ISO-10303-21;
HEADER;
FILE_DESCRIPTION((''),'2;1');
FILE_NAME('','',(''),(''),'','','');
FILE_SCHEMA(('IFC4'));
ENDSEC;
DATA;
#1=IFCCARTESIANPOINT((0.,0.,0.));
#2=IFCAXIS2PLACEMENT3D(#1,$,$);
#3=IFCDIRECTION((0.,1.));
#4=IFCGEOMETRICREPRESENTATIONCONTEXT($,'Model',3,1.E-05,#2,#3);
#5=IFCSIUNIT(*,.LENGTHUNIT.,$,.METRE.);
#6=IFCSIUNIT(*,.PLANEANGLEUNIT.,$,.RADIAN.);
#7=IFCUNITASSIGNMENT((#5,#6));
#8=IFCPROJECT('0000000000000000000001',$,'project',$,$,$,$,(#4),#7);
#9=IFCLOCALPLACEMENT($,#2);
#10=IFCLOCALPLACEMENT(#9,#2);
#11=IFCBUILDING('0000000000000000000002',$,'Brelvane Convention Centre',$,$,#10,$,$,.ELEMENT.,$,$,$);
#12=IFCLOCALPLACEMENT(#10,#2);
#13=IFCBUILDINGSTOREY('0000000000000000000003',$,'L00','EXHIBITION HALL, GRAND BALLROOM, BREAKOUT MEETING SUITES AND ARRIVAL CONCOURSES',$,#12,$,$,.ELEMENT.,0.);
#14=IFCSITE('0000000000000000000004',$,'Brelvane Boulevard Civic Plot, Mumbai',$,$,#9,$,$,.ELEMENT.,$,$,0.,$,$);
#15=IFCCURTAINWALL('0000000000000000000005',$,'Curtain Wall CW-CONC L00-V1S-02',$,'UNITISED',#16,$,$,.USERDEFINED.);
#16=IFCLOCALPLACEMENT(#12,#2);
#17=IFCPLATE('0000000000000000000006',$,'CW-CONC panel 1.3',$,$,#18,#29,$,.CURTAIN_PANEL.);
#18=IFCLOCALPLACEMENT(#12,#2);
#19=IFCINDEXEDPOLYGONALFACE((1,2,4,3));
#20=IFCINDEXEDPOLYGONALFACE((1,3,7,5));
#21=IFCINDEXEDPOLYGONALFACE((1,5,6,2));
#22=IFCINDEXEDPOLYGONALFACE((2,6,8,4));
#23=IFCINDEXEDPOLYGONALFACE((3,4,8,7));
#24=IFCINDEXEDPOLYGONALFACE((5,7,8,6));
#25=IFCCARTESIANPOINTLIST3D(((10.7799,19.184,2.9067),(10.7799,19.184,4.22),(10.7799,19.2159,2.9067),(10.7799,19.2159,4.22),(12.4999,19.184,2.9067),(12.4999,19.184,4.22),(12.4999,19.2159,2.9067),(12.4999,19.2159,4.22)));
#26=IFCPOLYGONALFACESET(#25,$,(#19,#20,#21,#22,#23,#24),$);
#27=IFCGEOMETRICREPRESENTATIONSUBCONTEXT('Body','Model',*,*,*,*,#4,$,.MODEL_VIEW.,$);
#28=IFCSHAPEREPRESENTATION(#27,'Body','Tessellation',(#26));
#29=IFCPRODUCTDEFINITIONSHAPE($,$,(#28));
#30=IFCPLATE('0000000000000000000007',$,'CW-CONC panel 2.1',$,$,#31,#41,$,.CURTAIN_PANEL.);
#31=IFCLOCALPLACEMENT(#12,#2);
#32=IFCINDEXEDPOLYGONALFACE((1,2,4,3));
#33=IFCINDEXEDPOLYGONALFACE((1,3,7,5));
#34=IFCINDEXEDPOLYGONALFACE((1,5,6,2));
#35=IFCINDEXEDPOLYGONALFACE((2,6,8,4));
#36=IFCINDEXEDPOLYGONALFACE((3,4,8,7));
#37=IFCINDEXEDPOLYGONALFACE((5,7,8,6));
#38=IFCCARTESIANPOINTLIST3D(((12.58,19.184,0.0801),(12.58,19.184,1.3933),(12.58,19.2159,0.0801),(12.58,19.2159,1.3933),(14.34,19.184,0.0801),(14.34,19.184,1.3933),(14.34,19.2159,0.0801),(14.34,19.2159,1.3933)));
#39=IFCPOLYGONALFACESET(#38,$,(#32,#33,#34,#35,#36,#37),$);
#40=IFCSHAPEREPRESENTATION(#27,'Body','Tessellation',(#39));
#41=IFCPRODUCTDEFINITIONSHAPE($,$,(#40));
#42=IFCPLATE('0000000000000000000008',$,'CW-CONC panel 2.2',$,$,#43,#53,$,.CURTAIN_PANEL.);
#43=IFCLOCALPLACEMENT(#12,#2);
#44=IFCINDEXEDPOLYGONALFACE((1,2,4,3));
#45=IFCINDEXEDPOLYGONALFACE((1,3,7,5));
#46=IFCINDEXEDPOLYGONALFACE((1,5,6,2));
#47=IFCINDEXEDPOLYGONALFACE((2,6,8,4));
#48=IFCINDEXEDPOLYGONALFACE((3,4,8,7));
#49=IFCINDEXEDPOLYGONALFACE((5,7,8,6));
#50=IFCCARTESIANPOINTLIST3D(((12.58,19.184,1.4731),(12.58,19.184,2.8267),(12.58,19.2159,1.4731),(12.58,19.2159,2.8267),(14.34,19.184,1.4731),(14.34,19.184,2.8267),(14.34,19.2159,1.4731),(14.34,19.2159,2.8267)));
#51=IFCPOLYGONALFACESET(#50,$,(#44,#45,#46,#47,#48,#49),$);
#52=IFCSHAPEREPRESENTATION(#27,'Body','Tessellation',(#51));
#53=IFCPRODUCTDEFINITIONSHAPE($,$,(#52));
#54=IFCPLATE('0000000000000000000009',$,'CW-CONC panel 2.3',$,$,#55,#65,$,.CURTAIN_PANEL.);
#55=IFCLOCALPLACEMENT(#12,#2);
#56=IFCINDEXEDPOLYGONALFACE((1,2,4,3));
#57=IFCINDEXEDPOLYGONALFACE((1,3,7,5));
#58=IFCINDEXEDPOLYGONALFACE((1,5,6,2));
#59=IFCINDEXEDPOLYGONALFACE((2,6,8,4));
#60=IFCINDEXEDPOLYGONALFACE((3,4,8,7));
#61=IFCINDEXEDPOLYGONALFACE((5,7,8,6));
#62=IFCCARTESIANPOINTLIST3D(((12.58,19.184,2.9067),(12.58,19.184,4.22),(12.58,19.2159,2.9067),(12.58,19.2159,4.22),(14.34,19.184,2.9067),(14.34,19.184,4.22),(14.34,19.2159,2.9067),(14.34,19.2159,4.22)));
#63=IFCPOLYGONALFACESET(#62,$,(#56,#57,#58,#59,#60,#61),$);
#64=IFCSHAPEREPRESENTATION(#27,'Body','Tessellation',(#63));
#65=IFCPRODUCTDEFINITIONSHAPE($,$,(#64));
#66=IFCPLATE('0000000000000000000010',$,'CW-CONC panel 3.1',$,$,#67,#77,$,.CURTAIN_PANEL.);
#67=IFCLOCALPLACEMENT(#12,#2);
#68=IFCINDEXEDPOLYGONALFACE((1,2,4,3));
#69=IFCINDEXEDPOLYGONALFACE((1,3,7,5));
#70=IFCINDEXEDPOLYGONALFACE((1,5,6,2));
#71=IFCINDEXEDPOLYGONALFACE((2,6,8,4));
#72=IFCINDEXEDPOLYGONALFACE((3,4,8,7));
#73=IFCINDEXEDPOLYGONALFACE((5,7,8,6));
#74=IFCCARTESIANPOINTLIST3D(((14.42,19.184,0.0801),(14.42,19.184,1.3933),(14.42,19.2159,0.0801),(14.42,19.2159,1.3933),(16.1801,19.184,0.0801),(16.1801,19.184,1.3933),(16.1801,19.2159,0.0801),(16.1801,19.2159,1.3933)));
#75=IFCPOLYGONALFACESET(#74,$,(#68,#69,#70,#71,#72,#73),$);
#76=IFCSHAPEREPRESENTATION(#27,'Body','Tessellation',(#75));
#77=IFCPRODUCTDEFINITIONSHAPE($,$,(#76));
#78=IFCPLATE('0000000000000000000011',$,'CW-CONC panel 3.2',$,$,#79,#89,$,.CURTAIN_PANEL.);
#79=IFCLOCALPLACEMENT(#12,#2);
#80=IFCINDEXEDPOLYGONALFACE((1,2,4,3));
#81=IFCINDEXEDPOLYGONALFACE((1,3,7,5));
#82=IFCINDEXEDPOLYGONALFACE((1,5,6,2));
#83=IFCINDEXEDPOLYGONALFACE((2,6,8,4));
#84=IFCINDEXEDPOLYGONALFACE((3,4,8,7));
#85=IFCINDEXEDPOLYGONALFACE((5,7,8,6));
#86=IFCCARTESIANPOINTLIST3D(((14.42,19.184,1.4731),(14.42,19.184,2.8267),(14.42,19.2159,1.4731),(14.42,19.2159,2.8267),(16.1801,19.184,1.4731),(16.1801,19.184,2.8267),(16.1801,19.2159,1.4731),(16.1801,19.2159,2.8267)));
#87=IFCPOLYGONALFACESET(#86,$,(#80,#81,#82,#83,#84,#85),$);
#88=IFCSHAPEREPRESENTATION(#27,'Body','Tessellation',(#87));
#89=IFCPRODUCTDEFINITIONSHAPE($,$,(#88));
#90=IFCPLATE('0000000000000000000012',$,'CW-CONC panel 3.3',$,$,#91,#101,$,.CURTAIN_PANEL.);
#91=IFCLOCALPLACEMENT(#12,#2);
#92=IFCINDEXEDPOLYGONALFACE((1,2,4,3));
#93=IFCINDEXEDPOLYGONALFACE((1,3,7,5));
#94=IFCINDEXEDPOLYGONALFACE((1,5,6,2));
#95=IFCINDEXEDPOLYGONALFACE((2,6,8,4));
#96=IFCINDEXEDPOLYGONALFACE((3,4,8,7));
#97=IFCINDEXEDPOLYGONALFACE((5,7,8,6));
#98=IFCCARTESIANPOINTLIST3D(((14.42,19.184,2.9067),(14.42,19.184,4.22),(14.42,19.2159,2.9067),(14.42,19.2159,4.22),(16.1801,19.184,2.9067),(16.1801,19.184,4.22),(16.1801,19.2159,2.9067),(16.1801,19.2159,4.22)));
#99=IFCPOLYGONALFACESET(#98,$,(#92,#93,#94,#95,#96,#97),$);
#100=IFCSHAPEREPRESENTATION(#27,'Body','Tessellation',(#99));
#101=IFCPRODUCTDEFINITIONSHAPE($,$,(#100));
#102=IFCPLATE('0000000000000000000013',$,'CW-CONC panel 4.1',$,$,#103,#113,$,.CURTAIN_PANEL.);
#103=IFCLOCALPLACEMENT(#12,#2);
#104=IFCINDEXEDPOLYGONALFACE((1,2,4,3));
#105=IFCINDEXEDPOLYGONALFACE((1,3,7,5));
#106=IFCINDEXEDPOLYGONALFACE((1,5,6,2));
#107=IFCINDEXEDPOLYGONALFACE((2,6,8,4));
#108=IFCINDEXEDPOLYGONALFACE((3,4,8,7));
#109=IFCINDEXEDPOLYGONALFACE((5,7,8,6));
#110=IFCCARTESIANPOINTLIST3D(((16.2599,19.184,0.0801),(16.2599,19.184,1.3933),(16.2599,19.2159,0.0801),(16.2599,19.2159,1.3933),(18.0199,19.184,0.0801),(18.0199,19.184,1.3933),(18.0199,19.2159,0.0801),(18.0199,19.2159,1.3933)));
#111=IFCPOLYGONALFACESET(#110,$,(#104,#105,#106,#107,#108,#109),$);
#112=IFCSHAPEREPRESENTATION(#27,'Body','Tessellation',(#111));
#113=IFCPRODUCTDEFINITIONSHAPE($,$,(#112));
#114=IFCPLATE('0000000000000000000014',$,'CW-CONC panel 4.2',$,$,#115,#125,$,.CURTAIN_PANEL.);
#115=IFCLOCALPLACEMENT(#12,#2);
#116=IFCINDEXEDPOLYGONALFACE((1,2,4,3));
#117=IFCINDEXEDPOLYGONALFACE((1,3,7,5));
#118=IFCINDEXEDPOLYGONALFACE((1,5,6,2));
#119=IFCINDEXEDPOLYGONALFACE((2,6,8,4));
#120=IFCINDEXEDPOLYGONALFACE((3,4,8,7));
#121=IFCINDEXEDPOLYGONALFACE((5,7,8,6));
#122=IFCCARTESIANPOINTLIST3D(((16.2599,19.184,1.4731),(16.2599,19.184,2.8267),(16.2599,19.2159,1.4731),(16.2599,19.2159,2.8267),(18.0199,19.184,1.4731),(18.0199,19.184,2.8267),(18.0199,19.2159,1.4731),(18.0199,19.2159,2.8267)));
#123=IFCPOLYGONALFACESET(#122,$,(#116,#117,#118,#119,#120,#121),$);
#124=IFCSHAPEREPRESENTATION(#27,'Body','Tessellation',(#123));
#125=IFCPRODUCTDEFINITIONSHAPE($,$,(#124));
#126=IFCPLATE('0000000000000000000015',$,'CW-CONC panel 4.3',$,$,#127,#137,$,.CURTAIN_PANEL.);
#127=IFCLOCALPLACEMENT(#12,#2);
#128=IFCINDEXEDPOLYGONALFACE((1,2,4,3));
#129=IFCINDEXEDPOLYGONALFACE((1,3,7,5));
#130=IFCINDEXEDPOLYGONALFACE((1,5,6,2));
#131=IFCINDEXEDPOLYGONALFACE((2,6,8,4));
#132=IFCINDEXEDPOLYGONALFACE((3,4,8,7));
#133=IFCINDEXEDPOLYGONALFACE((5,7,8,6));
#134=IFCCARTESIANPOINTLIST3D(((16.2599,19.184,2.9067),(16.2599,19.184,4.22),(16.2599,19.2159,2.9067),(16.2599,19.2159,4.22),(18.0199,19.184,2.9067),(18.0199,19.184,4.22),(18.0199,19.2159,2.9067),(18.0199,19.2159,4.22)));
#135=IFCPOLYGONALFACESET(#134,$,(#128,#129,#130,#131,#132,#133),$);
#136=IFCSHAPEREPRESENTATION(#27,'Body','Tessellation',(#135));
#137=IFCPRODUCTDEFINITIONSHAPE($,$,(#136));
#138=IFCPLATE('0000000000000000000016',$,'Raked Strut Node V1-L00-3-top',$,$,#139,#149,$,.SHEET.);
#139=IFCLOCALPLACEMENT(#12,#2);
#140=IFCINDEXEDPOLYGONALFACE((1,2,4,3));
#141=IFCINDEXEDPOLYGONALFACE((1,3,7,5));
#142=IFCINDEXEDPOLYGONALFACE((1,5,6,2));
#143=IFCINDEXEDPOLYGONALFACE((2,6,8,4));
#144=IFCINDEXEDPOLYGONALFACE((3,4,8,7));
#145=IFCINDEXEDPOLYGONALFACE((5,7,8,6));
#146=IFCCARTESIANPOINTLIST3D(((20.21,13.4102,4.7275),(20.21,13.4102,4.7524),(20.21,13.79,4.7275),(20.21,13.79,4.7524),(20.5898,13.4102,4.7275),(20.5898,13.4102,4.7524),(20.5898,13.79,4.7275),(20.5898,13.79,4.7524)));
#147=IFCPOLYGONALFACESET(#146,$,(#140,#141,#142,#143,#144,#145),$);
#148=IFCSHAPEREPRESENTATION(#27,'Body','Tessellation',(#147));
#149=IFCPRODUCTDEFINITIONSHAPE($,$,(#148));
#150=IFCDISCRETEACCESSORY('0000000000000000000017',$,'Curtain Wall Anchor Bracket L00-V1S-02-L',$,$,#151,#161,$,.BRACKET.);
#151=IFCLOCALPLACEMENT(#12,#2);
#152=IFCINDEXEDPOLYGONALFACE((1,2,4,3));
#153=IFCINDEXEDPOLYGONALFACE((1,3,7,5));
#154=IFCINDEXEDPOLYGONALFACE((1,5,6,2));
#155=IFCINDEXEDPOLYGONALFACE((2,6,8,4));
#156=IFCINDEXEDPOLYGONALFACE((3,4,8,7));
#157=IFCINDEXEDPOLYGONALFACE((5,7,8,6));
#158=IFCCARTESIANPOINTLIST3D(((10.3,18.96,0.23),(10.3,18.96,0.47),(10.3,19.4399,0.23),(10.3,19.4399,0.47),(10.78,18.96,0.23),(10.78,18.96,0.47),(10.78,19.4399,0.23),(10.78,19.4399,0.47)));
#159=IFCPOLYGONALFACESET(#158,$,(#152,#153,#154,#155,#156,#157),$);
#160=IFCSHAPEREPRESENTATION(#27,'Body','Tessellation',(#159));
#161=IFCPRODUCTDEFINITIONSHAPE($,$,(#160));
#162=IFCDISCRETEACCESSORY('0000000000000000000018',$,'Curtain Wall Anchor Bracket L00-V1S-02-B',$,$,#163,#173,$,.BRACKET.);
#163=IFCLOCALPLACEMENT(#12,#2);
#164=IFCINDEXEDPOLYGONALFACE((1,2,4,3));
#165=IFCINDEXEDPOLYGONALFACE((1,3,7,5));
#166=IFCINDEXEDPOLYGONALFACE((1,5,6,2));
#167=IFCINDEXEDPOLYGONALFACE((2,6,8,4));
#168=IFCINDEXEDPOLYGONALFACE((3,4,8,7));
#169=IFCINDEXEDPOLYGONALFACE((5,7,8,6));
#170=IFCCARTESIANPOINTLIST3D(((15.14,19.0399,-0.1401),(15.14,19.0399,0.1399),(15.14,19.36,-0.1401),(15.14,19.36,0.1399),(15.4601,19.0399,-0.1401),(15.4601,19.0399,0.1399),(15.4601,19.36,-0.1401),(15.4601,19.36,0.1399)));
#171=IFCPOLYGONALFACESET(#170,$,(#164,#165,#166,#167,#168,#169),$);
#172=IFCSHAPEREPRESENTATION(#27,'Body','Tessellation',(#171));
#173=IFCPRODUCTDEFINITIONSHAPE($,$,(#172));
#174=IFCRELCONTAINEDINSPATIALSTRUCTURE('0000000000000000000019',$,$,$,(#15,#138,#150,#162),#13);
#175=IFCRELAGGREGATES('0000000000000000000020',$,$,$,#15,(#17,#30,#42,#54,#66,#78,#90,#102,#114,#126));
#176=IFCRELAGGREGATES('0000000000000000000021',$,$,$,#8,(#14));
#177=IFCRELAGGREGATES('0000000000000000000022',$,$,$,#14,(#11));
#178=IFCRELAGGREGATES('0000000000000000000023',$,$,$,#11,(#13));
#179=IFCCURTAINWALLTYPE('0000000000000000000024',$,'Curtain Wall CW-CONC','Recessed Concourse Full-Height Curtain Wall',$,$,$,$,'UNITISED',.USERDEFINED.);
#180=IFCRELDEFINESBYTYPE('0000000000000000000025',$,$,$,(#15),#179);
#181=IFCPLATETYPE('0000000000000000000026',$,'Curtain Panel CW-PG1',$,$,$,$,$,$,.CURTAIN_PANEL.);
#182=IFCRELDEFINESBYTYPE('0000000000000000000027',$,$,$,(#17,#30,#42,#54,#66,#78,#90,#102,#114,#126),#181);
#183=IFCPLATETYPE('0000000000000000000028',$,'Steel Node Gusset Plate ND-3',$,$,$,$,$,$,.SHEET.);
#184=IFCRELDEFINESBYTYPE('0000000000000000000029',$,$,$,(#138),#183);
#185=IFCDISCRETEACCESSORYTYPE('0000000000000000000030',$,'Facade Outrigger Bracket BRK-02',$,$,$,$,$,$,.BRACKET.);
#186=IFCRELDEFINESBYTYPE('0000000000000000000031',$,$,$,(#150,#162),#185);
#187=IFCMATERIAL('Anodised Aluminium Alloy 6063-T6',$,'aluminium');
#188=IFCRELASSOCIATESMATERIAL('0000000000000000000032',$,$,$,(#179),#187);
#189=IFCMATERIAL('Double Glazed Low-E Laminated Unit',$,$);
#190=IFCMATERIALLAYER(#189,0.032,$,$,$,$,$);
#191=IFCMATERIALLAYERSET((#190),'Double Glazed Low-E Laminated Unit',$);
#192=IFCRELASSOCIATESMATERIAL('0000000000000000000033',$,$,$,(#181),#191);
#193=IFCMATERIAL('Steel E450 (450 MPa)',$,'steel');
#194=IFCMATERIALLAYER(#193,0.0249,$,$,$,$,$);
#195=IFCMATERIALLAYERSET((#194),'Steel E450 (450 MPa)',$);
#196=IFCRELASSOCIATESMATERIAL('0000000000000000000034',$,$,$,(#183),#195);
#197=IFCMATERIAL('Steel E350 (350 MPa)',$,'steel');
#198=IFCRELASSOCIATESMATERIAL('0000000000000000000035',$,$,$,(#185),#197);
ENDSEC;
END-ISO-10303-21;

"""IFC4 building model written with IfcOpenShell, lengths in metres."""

from ifc_helpers import new_model, si_unit, direction, frame, origin, origin_2d, place, context, subcontext, project, spatial, rectangle, extrude, material, layer, layer_set, type_object, element, aggregate, save


model = new_model("IFC4")

# Units and contexts
model_context = context("Model", 3, precision=1e-05, world=origin(), true_north=direction((0.0, 1.0)))
body_context = subcontext(model_context, "Body", "Model", "MODEL_VIEW")
ifc_project = project(units=[si_unit("LENGTHUNIT", "METRE"), si_unit("PLANEANGLEUNIT", "RADIAN")], contexts=[model_context])

# Site, building, storey
site_placement = place(None, origin())
site = spatial("IfcSite", under=ifc_project, at=site_placement, Name="Brelvane Boulevard Civic Plot, Mumbai", CompositionType="ELEMENT", RefElevation=0.0)
building_placement = place(site_placement, origin())
building = spatial("IfcBuilding", under=site, at=building_placement, Name="Brelvane Convention Centre", CompositionType="ELEMENT")
storey_placement = place(building_placement, origin())
storey = spatial("IfcBuildingStorey", under=building, at=storey_placement, Name="L00", Description="EXHIBITION HALL, GRAND BALLROOM, BREAKOUT MEETING SUITES AND ARRIVAL CONCOURSES", CompositionType="ELEMENT", Elevation=0.0)

# Curtain wall
ifc_material_1 = material(Name="Anodised Aluminium Alloy 6063-T6", Category="aluminium")
curtain_wall_type = type_object("IfcCurtainWallType", Name="Curtain Wall CW-CONC", Description="Recessed Concourse Full-Height Curtain Wall", ElementType="UNITISED", PredefinedType="USERDEFINED", material=ifc_material_1)
curtain_wall_placement = place(storey_placement, origin())
curtain_wall = element("IfcCurtainWall", 1, at=curtain_wall_placement, inside=storey, type_object=curtain_wall_type, Name="Curtain Wall CW-CONC L00-V1S-02", ObjectType="UNITISED", PredefinedType="USERDEFINED")

# Plates
ifc_material_2 = material(Name="Double Glazed Low-E Laminated Unit")
ifc_layer_1 = layer(ifc_material_2, 0.032)
ifc_layer_set_1 = layer_set([ifc_layer_1], Name="Double Glazed Low-E Laminated Unit")
plate_type_1 = type_object("IfcPlateType", Name="Curtain Panel CW-PG1", PredefinedType="CURTAIN_PANEL", material=ifc_layer_set_1)
plate_1_placement = place(storey_placement, frame((11.6399, 19.2, 2.9067), z_axis=(0.0, 0.0, 1.0), x_axis=(1.0, 0.0, 0.0)))
plate_1 = element("IfcPlate", 2, at=plate_1_placement, type_object=plate_type_1, Name="CW-CONC panel 1.3", PredefinedType="CURTAIN_PANEL", context=body_context, shape_type="SweptSolid", body=[
    extrude(rectangle(XDim=1.72, YDim=0.032, at=origin_2d()), origin(), (0.0, 0.0, 1.0), 1.3132),
])
plate_2_placement = place(storey_placement, frame((13.46, 19.2, 0.0801), z_axis=(0.0, 0.0, 1.0), x_axis=(1.0, 0.0, 0.0)))
plate_2 = element("IfcPlate", 3, at=plate_2_placement, type_object=plate_type_1, Name="CW-CONC panel 2.1", PredefinedType="CURTAIN_PANEL", context=body_context, shape_type="SweptSolid", body=[
    extrude(rectangle(XDim=1.76, YDim=0.032, at=origin_2d()), origin(), (0.0, 0.0, 1.0), 1.3132),
])
plate_3_placement = place(storey_placement, frame((13.46, 19.2, 1.4731), z_axis=(0.0, 0.0, 1.0), x_axis=(1.0, 0.0, 0.0)))
plate_3 = element("IfcPlate", 4, at=plate_3_placement, type_object=plate_type_1, Name="CW-CONC panel 2.2", PredefinedType="CURTAIN_PANEL", context=body_context, shape_type="SweptSolid", body=[
    extrude(rectangle(XDim=1.76, YDim=0.032, at=origin_2d()), origin(), (0.0, 0.0, 1.0), 1.3535),
])
plate_4_placement = place(storey_placement, frame((13.46, 19.2, 2.9067), z_axis=(0.0, 0.0, 1.0), x_axis=(1.0, 0.0, 0.0)))
plate_4 = element("IfcPlate", 5, at=plate_4_placement, type_object=plate_type_1, Name="CW-CONC panel 2.3", PredefinedType="CURTAIN_PANEL", context=body_context, shape_type="SweptSolid", body=[
    extrude(rectangle(XDim=1.76, YDim=0.032, at=origin_2d()), origin(), (0.0, 0.0, 1.0), 1.3132),
])
plate_5_placement = place(storey_placement, frame((15.3, 19.2, 0.0801), z_axis=(0.0, 0.0, 1.0), x_axis=(1.0, 0.0, 0.0)))
plate_5 = element("IfcPlate", 6, at=plate_5_placement, type_object=plate_type_1, Name="CW-CONC panel 3.1", PredefinedType="CURTAIN_PANEL", context=body_context, shape_type="SweptSolid", body=[
    extrude(rectangle(XDim=1.76, YDim=0.032, at=origin_2d()), origin(), (0.0, 0.0, 1.0), 1.3132),
])
plate_6_placement = place(storey_placement, frame((15.3, 19.2, 1.4731), z_axis=(0.0, 0.0, 1.0), x_axis=(1.0, 0.0, 0.0)))
plate_6 = element("IfcPlate", 7, at=plate_6_placement, type_object=plate_type_1, Name="CW-CONC panel 3.2", PredefinedType="CURTAIN_PANEL", context=body_context, shape_type="SweptSolid", body=[
    extrude(rectangle(XDim=1.76, YDim=0.032, at=origin_2d()), origin(), (0.0, 0.0, 1.0), 1.3535),
])
plate_7_placement = place(storey_placement, frame((15.3, 19.2, 2.9067), z_axis=(0.0, 0.0, 1.0), x_axis=(1.0, 0.0, 0.0)))
plate_7 = element("IfcPlate", 8, at=plate_7_placement, type_object=plate_type_1, Name="CW-CONC panel 3.3", PredefinedType="CURTAIN_PANEL", context=body_context, shape_type="SweptSolid", body=[
    extrude(rectangle(XDim=1.76, YDim=0.032, at=origin_2d()), origin(), (0.0, 0.0, 1.0), 1.3132),
])
plate_8_placement = place(storey_placement, frame((17.1399, 19.2, 0.0801), z_axis=(0.0, 0.0, 1.0), x_axis=(1.0, 0.0, 0.0)))
plate_8 = element("IfcPlate", 9, at=plate_8_placement, type_object=plate_type_1, Name="CW-CONC panel 4.1", PredefinedType="CURTAIN_PANEL", context=body_context, shape_type="SweptSolid", body=[
    extrude(rectangle(XDim=1.76, YDim=0.032, at=origin_2d()), origin(), (0.0, 0.0, 1.0), 1.3132),
])
plate_9_placement = place(storey_placement, frame((17.1399, 19.2, 1.4731), z_axis=(0.0, 0.0, 1.0), x_axis=(1.0, 0.0, 0.0)))
plate_9 = element("IfcPlate", 10, at=plate_9_placement, type_object=plate_type_1, Name="CW-CONC panel 4.2", PredefinedType="CURTAIN_PANEL", context=body_context, shape_type="SweptSolid", body=[
    extrude(rectangle(XDim=1.76, YDim=0.032, at=origin_2d()), origin(), (0.0, 0.0, 1.0), 1.3535),
])
plate_10_placement = place(storey_placement, frame((17.1399, 19.2, 2.9067), z_axis=(0.0, 0.0, 1.0), x_axis=(1.0, 0.0, 0.0)))
plate_10 = element("IfcPlate", 11, at=plate_10_placement, type_object=plate_type_1, Name="CW-CONC panel 4.3", PredefinedType="CURTAIN_PANEL", context=body_context, shape_type="SweptSolid", body=[
    extrude(rectangle(XDim=1.76, YDim=0.032, at=origin_2d()), origin(), (0.0, 0.0, 1.0), 1.3132),
])
aggregate(curtain_wall, [plate_1, plate_2, plate_3, plate_4, plate_5, plate_6, plate_7, plate_8, plate_9, plate_10])
ifc_material_3 = material(Name="Steel E450 (450 MPa)", Category="steel")
ifc_layer_2 = layer(ifc_material_3, 0.0249)
ifc_layer_set_2 = layer_set([ifc_layer_2], Name="Steel E450 (450 MPa)")
plate_type_2 = type_object("IfcPlateType", Name="Steel Node Gusset Plate ND-3", PredefinedType="SHEET", material=ifc_layer_set_2)
plate_11_placement = place(storey_placement, frame((20.3999, 13.6001, 4.7275), z_axis=(0.0, 0.0, 1.0), x_axis=(1.0, 0.0, 0.0)))
element("IfcPlate", 12, at=plate_11_placement, inside=storey, type_object=plate_type_2, Name="Raked Strut Node V1-L00-3-top", PredefinedType="SHEET", context=body_context, shape_type="SweptSolid", body=[
    extrude(rectangle(XDim=0.3799, YDim=0.3799, at=origin_2d()), origin(), (0.0, 0.0, 1.0), 0.0249),
])

# Discrete accessories
ifc_material_4 = material(Name="Steel E350 (350 MPa)", Category="steel")
discrete_accessory_type = type_object("IfcDiscreteAccessoryType", Name="Facade Outrigger Bracket BRK-02", PredefinedType="BRACKET", material=ifc_material_4)
discrete_accessory_1_placement = place(storey_placement, frame((10.54, 19.2, 0.23), z_axis=(0.0, 0.0, 1.0), x_axis=(1.0, 0.0, 0.0)))
element("IfcDiscreteAccessory", 13, at=discrete_accessory_1_placement, inside=storey, type_object=discrete_accessory_type, Name="Curtain Wall Anchor Bracket L00-V1S-02-L", PredefinedType="BRACKET", context=body_context, shape_type="SweptSolid", body=[
    extrude(rectangle(XDim=0.48, YDim=0.48, at=origin_2d()), origin(), (0.0, 0.0, 1.0), 0.24),
])
discrete_accessory_2_placement = place(storey_placement, frame((15.3, 19.2, -0.1401), z_axis=(0.0, 0.0, 1.0), x_axis=(1.0, 0.0, 0.0)))
element("IfcDiscreteAccessory", 14, at=discrete_accessory_2_placement, inside=storey, type_object=discrete_accessory_type, Name="Curtain Wall Anchor Bracket L00-V1S-02-B", PredefinedType="BRACKET", context=body_context, shape_type="SweptSolid", body=[
    extrude(rectangle(XDim=0.3201, YDim=0.3201, at=origin_2d()), origin(), (0.0, 0.0, 1.0), 0.28),
])

save(model, "model.ifc")
